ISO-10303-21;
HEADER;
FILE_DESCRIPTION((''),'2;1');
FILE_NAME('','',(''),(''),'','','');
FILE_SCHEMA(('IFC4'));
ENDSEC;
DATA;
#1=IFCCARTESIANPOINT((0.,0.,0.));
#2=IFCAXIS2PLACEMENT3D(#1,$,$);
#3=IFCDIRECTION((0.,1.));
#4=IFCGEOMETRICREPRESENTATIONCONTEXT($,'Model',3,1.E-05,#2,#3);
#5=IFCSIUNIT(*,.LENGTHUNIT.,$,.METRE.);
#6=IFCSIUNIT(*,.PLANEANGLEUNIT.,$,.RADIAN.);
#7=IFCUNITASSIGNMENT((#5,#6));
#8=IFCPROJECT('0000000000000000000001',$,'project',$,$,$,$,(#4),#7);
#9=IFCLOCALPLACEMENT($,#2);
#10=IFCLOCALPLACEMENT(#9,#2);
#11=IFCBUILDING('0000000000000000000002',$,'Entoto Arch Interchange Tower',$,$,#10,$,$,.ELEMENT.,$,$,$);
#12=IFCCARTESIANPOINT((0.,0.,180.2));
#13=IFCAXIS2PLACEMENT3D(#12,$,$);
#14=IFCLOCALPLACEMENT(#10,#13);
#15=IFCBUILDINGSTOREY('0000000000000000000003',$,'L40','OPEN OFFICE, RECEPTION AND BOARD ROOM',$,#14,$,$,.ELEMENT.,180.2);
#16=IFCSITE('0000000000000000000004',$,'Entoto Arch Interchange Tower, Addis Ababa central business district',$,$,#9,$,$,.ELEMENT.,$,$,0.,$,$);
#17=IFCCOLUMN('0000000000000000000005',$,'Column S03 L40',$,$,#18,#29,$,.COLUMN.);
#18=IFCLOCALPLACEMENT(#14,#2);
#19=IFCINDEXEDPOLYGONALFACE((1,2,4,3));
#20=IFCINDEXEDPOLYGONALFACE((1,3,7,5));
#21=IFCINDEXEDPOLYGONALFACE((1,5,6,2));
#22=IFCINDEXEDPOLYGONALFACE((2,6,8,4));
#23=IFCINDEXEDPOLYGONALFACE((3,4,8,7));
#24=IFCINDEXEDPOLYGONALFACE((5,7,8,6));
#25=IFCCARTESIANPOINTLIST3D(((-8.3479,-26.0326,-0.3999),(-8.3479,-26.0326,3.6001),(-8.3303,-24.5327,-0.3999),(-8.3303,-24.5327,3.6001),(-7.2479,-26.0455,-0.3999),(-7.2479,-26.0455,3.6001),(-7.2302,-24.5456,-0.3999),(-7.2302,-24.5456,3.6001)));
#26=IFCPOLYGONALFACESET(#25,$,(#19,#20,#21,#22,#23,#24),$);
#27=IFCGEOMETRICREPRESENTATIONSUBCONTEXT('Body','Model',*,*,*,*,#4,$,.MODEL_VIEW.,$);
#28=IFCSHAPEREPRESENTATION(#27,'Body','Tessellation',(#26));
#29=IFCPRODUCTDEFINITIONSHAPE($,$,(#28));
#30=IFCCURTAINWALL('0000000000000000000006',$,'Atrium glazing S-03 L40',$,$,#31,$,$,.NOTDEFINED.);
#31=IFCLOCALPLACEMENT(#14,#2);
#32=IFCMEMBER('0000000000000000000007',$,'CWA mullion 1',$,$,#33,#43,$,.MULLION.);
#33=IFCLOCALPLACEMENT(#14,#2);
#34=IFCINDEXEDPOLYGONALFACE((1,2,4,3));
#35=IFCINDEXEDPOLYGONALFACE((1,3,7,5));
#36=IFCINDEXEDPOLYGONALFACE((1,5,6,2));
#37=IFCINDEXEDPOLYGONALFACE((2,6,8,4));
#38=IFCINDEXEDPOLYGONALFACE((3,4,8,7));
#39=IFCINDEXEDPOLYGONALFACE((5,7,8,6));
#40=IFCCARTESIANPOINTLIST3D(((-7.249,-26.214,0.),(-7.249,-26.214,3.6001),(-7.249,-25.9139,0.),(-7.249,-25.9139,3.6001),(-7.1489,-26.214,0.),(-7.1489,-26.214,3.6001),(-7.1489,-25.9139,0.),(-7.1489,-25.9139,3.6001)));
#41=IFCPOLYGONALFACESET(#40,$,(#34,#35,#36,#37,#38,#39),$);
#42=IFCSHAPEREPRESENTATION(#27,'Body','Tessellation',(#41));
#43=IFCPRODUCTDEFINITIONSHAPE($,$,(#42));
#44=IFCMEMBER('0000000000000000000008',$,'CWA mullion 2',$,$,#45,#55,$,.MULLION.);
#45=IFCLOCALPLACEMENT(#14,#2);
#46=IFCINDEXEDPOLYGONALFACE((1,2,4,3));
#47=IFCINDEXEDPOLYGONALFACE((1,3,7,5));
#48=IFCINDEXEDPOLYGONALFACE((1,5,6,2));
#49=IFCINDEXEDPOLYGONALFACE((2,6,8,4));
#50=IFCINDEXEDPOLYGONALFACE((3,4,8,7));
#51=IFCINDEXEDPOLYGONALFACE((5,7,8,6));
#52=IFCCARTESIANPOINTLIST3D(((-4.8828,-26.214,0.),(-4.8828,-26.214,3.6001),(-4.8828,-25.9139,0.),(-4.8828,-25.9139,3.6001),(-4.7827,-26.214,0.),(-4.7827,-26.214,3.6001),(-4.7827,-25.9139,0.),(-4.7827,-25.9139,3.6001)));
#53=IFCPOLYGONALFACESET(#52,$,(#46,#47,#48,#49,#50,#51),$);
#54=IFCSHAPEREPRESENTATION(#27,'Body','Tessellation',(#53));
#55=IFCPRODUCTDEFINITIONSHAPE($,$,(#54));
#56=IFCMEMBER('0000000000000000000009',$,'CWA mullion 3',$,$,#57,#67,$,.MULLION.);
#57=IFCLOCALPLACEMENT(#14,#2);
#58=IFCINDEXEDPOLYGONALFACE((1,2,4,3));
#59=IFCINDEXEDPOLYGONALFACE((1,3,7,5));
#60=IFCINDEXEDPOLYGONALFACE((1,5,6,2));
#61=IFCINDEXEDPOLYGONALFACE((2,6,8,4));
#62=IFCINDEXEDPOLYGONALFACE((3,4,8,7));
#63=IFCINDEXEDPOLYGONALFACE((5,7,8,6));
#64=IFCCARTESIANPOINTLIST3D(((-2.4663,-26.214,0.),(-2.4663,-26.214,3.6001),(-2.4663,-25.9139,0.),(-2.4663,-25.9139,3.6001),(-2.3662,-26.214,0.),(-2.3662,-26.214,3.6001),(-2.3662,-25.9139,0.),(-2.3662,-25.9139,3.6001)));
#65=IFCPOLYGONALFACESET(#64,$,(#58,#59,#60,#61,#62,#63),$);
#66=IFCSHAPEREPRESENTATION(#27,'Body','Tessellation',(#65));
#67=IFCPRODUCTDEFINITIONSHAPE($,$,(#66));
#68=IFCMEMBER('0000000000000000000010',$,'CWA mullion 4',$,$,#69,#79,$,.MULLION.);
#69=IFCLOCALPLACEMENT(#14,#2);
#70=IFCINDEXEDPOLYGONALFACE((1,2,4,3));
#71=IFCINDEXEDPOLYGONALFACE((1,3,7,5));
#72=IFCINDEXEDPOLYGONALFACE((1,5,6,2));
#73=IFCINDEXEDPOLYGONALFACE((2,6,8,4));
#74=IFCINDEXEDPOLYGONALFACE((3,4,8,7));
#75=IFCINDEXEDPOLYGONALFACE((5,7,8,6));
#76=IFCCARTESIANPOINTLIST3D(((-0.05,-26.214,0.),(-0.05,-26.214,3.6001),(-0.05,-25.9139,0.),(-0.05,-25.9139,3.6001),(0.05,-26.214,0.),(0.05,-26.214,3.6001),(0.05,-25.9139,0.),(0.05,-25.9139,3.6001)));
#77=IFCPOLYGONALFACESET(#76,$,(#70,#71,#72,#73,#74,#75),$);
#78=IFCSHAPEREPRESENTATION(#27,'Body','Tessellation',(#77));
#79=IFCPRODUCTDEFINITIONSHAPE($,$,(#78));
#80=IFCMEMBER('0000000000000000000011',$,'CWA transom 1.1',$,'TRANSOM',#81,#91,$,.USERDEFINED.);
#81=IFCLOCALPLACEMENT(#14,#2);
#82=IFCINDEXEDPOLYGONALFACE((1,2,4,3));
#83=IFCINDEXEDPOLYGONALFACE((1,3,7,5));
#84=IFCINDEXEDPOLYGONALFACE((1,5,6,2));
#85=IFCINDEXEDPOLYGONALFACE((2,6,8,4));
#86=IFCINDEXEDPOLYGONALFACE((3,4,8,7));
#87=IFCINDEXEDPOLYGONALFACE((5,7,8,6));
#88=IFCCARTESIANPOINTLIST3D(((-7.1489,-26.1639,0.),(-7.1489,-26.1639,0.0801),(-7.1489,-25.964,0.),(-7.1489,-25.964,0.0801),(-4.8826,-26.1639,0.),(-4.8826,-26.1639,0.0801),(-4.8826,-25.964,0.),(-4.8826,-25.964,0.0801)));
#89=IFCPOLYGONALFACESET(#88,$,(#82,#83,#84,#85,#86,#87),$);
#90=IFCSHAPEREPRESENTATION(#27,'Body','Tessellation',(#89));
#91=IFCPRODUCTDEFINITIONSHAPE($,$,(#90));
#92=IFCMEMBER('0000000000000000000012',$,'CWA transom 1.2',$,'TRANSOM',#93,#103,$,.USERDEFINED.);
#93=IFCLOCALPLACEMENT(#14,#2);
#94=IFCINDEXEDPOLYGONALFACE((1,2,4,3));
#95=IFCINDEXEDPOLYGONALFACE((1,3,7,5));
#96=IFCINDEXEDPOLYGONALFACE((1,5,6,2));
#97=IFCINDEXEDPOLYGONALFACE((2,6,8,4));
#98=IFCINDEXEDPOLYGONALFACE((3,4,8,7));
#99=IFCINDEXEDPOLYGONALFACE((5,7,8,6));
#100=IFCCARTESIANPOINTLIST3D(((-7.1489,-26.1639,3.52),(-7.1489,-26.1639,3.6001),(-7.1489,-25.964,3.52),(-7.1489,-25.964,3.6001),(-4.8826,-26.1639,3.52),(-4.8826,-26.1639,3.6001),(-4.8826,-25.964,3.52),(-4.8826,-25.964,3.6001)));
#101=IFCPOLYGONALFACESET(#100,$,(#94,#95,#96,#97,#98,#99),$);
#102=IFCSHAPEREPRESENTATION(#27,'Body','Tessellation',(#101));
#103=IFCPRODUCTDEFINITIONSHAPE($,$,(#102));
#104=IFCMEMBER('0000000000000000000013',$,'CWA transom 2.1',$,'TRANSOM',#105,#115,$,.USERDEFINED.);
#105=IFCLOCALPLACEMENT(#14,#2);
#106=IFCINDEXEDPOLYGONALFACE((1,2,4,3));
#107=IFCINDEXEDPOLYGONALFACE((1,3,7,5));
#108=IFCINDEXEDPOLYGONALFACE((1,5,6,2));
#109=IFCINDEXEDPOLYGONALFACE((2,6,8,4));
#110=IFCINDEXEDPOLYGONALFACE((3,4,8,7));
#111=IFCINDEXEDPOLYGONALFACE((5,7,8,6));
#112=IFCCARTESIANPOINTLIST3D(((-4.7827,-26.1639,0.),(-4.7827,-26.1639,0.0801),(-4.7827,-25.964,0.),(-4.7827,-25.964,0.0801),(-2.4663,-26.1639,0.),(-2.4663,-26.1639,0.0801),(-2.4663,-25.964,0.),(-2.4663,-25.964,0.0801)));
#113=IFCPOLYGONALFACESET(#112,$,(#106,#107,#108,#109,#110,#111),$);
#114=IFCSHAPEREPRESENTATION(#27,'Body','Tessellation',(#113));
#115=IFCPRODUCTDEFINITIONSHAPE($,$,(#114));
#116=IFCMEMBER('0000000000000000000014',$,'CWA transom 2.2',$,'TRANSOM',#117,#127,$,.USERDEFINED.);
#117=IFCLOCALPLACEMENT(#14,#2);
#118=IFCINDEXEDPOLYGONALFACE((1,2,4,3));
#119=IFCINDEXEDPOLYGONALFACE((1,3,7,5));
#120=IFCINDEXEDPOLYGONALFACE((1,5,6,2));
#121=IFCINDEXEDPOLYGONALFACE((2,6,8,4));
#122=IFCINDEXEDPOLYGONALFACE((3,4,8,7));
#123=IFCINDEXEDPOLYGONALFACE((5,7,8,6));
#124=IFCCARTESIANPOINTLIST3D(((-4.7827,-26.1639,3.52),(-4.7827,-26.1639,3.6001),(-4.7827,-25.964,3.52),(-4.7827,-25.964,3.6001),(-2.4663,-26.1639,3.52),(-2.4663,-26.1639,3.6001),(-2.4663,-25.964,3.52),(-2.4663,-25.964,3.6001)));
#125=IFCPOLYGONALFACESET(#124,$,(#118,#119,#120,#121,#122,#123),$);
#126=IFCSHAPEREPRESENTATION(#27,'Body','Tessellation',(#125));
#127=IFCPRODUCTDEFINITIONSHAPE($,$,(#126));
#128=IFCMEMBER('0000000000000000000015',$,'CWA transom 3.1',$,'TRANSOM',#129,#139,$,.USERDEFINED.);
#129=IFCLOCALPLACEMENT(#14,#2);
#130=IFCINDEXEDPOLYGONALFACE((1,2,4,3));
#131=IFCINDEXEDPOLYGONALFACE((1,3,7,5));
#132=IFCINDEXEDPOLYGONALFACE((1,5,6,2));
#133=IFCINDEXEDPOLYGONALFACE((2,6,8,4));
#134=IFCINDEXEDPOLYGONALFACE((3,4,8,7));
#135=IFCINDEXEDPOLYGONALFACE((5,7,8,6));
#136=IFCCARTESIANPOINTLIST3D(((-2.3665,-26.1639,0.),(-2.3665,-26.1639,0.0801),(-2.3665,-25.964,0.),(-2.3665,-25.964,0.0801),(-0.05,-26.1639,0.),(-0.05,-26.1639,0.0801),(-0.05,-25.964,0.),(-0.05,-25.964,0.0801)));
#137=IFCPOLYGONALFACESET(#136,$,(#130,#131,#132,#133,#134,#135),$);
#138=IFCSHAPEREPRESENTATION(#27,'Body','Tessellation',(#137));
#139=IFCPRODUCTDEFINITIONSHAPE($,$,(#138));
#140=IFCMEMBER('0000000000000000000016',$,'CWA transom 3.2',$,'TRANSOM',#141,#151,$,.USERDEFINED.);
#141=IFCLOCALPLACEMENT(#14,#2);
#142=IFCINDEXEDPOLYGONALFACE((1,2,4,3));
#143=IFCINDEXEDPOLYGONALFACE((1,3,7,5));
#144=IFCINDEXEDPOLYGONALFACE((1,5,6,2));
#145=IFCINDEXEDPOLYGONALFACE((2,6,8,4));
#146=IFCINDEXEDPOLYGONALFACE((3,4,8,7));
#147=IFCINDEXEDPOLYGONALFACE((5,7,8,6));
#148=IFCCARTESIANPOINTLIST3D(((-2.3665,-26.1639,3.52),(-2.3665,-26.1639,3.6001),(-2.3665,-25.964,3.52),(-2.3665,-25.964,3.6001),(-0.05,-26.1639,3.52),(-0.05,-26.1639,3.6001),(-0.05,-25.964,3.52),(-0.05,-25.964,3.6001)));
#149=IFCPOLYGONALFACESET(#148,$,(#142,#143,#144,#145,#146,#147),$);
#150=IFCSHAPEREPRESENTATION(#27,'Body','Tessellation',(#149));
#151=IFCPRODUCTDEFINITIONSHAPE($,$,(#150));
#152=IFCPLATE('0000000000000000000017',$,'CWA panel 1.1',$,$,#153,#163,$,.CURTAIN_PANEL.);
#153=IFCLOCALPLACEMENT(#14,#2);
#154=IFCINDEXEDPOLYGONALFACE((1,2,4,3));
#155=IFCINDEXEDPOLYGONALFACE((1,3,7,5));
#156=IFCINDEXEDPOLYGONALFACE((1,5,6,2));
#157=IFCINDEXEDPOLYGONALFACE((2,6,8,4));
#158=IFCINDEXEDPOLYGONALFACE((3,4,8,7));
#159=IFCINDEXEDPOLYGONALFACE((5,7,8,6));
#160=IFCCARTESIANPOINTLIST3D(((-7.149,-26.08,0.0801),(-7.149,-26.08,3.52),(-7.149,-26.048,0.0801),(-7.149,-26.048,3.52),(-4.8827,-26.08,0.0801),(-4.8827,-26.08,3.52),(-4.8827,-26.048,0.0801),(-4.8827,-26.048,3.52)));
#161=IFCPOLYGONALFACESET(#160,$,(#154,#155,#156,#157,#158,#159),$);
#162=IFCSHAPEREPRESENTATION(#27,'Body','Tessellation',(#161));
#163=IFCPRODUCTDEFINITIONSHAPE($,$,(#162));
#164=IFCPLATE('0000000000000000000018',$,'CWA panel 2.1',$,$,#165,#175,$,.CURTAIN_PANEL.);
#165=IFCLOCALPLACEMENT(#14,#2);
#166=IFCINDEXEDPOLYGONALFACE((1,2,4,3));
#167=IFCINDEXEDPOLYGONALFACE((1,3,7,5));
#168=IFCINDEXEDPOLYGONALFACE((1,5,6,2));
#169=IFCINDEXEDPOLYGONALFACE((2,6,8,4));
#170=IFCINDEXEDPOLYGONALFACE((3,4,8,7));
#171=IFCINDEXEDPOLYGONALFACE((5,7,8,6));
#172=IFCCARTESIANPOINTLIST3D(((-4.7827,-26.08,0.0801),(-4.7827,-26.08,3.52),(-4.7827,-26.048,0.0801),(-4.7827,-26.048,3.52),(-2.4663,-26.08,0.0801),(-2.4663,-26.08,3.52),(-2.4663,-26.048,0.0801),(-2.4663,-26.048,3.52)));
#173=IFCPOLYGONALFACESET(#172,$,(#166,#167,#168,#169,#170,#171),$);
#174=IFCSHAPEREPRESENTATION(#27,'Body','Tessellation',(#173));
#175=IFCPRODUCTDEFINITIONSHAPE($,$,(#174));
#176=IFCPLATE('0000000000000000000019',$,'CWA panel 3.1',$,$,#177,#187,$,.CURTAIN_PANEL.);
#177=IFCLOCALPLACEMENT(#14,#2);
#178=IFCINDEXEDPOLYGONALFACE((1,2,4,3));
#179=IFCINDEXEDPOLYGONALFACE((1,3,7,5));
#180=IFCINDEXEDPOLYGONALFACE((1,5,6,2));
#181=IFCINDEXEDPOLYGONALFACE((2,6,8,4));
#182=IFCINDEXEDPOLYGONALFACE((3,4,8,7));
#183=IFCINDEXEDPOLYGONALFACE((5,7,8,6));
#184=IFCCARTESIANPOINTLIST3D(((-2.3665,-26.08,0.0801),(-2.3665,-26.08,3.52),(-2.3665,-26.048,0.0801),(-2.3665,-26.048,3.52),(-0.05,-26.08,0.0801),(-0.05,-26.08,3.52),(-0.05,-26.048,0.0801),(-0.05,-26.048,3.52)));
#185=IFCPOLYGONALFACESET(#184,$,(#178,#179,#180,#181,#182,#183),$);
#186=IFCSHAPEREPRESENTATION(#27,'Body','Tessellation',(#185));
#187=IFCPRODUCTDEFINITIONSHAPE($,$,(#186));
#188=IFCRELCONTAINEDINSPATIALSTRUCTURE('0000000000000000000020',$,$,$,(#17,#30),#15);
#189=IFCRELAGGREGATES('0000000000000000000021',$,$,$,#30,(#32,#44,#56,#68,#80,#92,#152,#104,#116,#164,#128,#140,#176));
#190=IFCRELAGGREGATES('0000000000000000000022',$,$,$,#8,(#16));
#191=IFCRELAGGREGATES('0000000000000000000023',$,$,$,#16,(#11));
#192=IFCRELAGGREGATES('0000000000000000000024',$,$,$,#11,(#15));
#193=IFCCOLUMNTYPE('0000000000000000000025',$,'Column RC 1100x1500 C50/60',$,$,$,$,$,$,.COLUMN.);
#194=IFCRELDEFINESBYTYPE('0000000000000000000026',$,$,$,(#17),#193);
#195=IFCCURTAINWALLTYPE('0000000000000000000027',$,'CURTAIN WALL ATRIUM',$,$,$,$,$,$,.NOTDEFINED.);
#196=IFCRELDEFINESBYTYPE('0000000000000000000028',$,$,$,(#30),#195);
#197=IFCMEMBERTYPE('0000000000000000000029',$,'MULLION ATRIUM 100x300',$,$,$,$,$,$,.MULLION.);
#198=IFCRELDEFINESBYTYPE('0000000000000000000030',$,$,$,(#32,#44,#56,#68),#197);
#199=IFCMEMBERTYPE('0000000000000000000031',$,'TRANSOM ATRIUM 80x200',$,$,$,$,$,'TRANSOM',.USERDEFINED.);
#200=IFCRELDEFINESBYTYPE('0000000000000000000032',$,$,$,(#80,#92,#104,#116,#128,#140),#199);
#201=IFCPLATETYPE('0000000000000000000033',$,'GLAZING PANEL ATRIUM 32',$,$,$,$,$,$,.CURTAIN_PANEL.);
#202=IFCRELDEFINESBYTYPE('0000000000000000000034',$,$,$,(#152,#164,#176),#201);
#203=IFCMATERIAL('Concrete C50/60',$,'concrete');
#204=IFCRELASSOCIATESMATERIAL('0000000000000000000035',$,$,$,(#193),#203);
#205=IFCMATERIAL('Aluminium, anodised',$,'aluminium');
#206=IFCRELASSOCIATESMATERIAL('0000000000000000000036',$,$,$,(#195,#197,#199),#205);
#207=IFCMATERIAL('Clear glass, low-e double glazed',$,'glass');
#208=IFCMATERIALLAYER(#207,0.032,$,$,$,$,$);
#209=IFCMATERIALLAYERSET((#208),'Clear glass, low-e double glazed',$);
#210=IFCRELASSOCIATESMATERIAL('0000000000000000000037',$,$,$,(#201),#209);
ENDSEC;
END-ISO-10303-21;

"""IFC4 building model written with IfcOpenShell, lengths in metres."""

from ifc_helpers import new_model, si_unit, direction, frame, origin, origin_2d, place, context, subcontext, project, spatial, rectangle, extrude, material, layer, layer_set, material_profile, profile_set, type_object, element, aggregate, save


model = new_model("IFC4")

# Units and contexts
model_context = context("Model", 3, precision=1e-05, world=origin(), true_north=direction((0.0, 1.0)))
body_context = subcontext(model_context, "Body", "Model", "MODEL_VIEW")
ifc_project = project(units=[si_unit("LENGTHUNIT", "METRE"), si_unit("PLANEANGLEUNIT", "RADIAN")], contexts=[model_context])

# Site, building, storey
site_placement = place(None, origin())
site = spatial("IfcSite", under=ifc_project, at=site_placement, Name="Entoto Arch Interchange Tower, Addis Ababa central business district", CompositionType="ELEMENT", RefElevation=0.0)
building_placement = place(site_placement, origin())
building = spatial("IfcBuilding", under=site, at=building_placement, Name="Entoto Arch Interchange Tower", CompositionType="ELEMENT")
storey_placement = place(building_placement, frame((0.0, 0.0, 180.2)))
storey = spatial("IfcBuildingStorey", under=building, at=storey_placement, Name="L40", Description="OPEN OFFICE, RECEPTION AND BOARD ROOM", CompositionType="ELEMENT", Elevation=180.2)

# Column
ifc_material_1 = material(Name="Concrete C50/60", Category="concrete")
ifc_material_profile_1 = material_profile(ifc_material_1, rectangle(XDim=1.1001, YDim=1.5, at=origin_2d()))
ifc_profile_set_1 = profile_set([ifc_material_profile_1], Name="Concrete C50/60")
column_type = type_object("IfcColumnType", Name="Column RC 1100x1500 C50/60", PredefinedType="COLUMN", material=ifc_profile_set_1)
column_placement = place(storey_placement, frame((-7.7891, -25.2891, -0.3999), z_axis=(0.0, 0.0, 1.0), x_axis=(-0.999931, 0.011746, 0.0)))
element("IfcColumn", 1, at=column_placement, inside=storey, type_object=column_type, Name="Column S03 L40", PredefinedType="COLUMN", context=body_context, shape_type="SweptSolid", body=[
    extrude(rectangle(XDim=1.1001, YDim=1.5, at=origin_2d()), origin(), (0.0, 0.0, 1.0), 4.0),
])

# Curtain wall, members, plates
ifc_material_2 = material(Name="Aluminium, anodised", Category="aluminium")
curtain_wall_type = type_object("IfcCurtainWallType", Name="CURTAIN WALL ATRIUM", PredefinedType="NOTDEFINED", material=ifc_material_2)
curtain_wall_placement = place(storey_placement, origin())
curtain_wall = element("IfcCurtainWall", 2, at=curtain_wall_placement, inside=storey, type_object=curtain_wall_type, Name="Atrium glazing S-03 L40", PredefinedType="NOTDEFINED")
ifc_material_profile_2 = material_profile(ifc_material_2, rectangle(XDim=0.3, YDim=0.1001, at=origin_2d()))
ifc_profile_set_2 = profile_set([ifc_material_profile_2], Name="Aluminium, anodised")
member_type_1 = type_object("IfcMemberType", Name="MULLION ATRIUM 100x300", PredefinedType="MULLION", material=ifc_profile_set_2)
member_1_placement = place(storey_placement, frame((-7.199, -26.064, 0.0), z_axis=(0.0, 0.0, 1.0), x_axis=(0.0, 1.0, 0.0)))
member_1 = element("IfcMember", 3, at=member_1_placement, type_object=member_type_1, Name="CWA mullion 1", PredefinedType="MULLION", context=body_context, shape_type="SweptSolid", body=[
    extrude(rectangle(XDim=0.3, YDim=0.1001, at=origin_2d()), origin(), (0.0, 0.0, 1.0), 3.6001),
])
member_2_placement = place(storey_placement, frame((-4.8328, -26.064, 0.0), z_axis=(0.0, 0.0, 1.0), x_axis=(0.0, 1.0, 0.0)))
member_2 = element("IfcMember", 4, at=member_2_placement, type_object=member_type_1, Name="CWA mullion 2", PredefinedType="MULLION", context=body_context, shape_type="SweptSolid", body=[
    extrude(rectangle(XDim=0.3, YDim=0.1001, at=origin_2d()), origin(), (0.0, 0.0, 1.0), 3.6001),
])
member_3_placement = place(storey_placement, frame((-2.4163, -26.064, 0.0), z_axis=(0.0, 0.0, 1.0), x_axis=(0.0, 1.0, 0.0)))
member_3 = element("IfcMember", 5, at=member_3_placement, type_object=member_type_1, Name="CWA mullion 3", PredefinedType="MULLION", context=body_context, shape_type="SweptSolid", body=[
    extrude(rectangle(XDim=0.3, YDim=0.1001, at=origin_2d()), origin(), (0.0, 0.0, 1.0), 3.6001),
])
member_4_placement = place(storey_placement, frame((0.0, -26.064, 0.0), z_axis=(0.0, 0.0, 1.0), x_axis=(0.0, 1.0, 0.0)))
member_4 = element("IfcMember", 6, at=member_4_placement, type_object=member_type_1, Name="CWA mullion 4", PredefinedType="MULLION", context=body_context, shape_type="SweptSolid", body=[
    extrude(rectangle(XDim=0.3, YDim=0.1001, at=origin_2d()), origin(), (0.0, 0.0, 1.0), 3.6001),
])
ifc_material_profile_3 = material_profile(ifc_material_2, rectangle(XDim=0.2, YDim=0.0801, at=origin_2d()))
ifc_profile_set_3 = profile_set([ifc_material_profile_3], Name="Aluminium, anodised")
member_type_2 = type_object("IfcMemberType", Name="TRANSOM ATRIUM 80x200", ElementType="TRANSOM", PredefinedType="USERDEFINED", material=ifc_profile_set_3)
member_5_placement = place(storey_placement, frame((-7.1489, -26.064, 0.04), z_axis=(1.0, 0.0, 0.0), x_axis=(0.0, 1.0, 0.0)))
member_5 = element("IfcMember", 7, at=member_5_placement, type_object=member_type_2, Name="CWA transom 1.1", ObjectType="TRANSOM", PredefinedType="USERDEFINED", context=body_context, shape_type="SweptSolid", body=[
    extrude(rectangle(XDim=0.2, YDim=0.0801, at=origin_2d()), origin(), (0.0, 0.0, 1.0), 2.2664),
])
member_6_placement = place(storey_placement, frame((-7.1489, -26.064, 3.5601), z_axis=(1.0, 0.0, 0.0), x_axis=(0.0, 1.0, 0.0)))
member_6 = element("IfcMember", 8, at=member_6_placement, type_object=member_type_2, Name="CWA transom 1.2", ObjectType="TRANSOM", PredefinedType="USERDEFINED", context=body_context, shape_type="SweptSolid", body=[
    extrude(rectangle(XDim=0.2, YDim=0.0801, at=origin_2d()), origin(), (0.0, 0.0, 1.0), 2.2664),
])
member_7_placement = place(storey_placement, frame((-4.7827, -26.064, 0.04), z_axis=(1.0, 0.0, 0.0), x_axis=(0.0, 1.0, 0.0)))
member_7 = element("IfcMember", 9, at=member_7_placement, type_object=member_type_2, Name="CWA transom 2.1", ObjectType="TRANSOM", PredefinedType="USERDEFINED", context=body_context, shape_type="SweptSolid", body=[
    extrude(rectangle(XDim=0.2, YDim=0.0801, at=origin_2d()), origin(), (0.0, 0.0, 1.0), 2.3164),
])
member_8_placement = place(storey_placement, frame((-4.7827, -26.064, 3.5601), z_axis=(1.0, 0.0, 0.0), x_axis=(0.0, 1.0, 0.0)))
member_8 = element("IfcMember", 10, at=member_8_placement, type_object=member_type_2, Name="CWA transom 2.2", ObjectType="TRANSOM", PredefinedType="USERDEFINED", context=body_context, shape_type="SweptSolid", body=[
    extrude(rectangle(XDim=0.2, YDim=0.0801, at=origin_2d()), origin(), (0.0, 0.0, 1.0), 2.3164),
])
member_9_placement = place(storey_placement, frame((-2.3665, -26.064, 0.04), z_axis=(1.0, 0.0, 0.0), x_axis=(0.0, 1.0, 0.0)))
member_9 = element("IfcMember", 11, at=member_9_placement, type_object=member_type_2, Name="CWA transom 3.1", ObjectType="TRANSOM", PredefinedType="USERDEFINED", context=body_context, shape_type="SweptSolid", body=[
    extrude(rectangle(XDim=0.2, YDim=0.0801, at=origin_2d()), origin(), (0.0, 0.0, 1.0), 2.3164),
])
member_10_placement = place(storey_placement, frame((-2.3665, -26.064, 3.5601), z_axis=(1.0, 0.0, 0.0), x_axis=(0.0, 1.0, 0.0)))
member_10 = element("IfcMember", 12, at=member_10_placement, type_object=member_type_2, Name="CWA transom 3.2", ObjectType="TRANSOM", PredefinedType="USERDEFINED", context=body_context, shape_type="SweptSolid", body=[
    extrude(rectangle(XDim=0.2, YDim=0.0801, at=origin_2d()), origin(), (0.0, 0.0, 1.0), 2.3164),
])
ifc_material_3 = material(Name="Clear glass, low-e double glazed", Category="glass")
ifc_layer_1 = layer(ifc_material_3, 0.032)
ifc_layer_set_1 = layer_set([ifc_layer_1], Name="Clear glass, low-e double glazed")
plate_type = type_object("IfcPlateType", Name="GLAZING PANEL ATRIUM 32", PredefinedType="CURTAIN_PANEL", material=ifc_layer_set_1)
plate_1_placement = place(storey_placement, frame((-6.0159, -26.064, 0.0801), z_axis=(0.0, 0.0, 1.0), x_axis=(1.0, 0.0, 0.0)))
plate_1 = element("IfcPlate", 13, at=plate_1_placement, type_object=plate_type, Name="CWA panel 1.1", PredefinedType="CURTAIN_PANEL", context=body_context, shape_type="SweptSolid", body=[
    extrude(rectangle(XDim=2.2664, YDim=0.032, at=origin_2d()), origin(), (0.0, 0.0, 1.0), 3.4399),
])
plate_2_placement = place(storey_placement, frame((-3.6245, -26.064, 0.0801), z_axis=(0.0, 0.0, 1.0), x_axis=(1.0, 0.0, 0.0)))
plate_2 = element("IfcPlate", 14, at=plate_2_placement, type_object=plate_type, Name="CWA panel 2.1", PredefinedType="CURTAIN_PANEL", context=body_context, shape_type="SweptSolid", body=[
    extrude(rectangle(XDim=2.3164, YDim=0.032, at=origin_2d()), origin(), (0.0, 0.0, 1.0), 3.4399),
])
plate_3_placement = place(storey_placement, frame((-1.2083, -26.064, 0.0801), z_axis=(0.0, 0.0, 1.0), x_axis=(1.0, 0.0, 0.0)))
plate_3 = element("IfcPlate", 15, at=plate_3_placement, type_object=plate_type, Name="CWA panel 3.1", PredefinedType="CURTAIN_PANEL", context=body_context, shape_type="SweptSolid", body=[
    extrude(rectangle(XDim=2.3164, YDim=0.032, at=origin_2d()), origin(), (0.0, 0.0, 1.0), 3.4399),
])
aggregate(curtain_wall, [member_1, member_2, member_3, member_4, member_5, member_6, plate_1, member_7, member_8, plate_2, member_9, member_10, plate_3])

save(model, "model.ifc")
